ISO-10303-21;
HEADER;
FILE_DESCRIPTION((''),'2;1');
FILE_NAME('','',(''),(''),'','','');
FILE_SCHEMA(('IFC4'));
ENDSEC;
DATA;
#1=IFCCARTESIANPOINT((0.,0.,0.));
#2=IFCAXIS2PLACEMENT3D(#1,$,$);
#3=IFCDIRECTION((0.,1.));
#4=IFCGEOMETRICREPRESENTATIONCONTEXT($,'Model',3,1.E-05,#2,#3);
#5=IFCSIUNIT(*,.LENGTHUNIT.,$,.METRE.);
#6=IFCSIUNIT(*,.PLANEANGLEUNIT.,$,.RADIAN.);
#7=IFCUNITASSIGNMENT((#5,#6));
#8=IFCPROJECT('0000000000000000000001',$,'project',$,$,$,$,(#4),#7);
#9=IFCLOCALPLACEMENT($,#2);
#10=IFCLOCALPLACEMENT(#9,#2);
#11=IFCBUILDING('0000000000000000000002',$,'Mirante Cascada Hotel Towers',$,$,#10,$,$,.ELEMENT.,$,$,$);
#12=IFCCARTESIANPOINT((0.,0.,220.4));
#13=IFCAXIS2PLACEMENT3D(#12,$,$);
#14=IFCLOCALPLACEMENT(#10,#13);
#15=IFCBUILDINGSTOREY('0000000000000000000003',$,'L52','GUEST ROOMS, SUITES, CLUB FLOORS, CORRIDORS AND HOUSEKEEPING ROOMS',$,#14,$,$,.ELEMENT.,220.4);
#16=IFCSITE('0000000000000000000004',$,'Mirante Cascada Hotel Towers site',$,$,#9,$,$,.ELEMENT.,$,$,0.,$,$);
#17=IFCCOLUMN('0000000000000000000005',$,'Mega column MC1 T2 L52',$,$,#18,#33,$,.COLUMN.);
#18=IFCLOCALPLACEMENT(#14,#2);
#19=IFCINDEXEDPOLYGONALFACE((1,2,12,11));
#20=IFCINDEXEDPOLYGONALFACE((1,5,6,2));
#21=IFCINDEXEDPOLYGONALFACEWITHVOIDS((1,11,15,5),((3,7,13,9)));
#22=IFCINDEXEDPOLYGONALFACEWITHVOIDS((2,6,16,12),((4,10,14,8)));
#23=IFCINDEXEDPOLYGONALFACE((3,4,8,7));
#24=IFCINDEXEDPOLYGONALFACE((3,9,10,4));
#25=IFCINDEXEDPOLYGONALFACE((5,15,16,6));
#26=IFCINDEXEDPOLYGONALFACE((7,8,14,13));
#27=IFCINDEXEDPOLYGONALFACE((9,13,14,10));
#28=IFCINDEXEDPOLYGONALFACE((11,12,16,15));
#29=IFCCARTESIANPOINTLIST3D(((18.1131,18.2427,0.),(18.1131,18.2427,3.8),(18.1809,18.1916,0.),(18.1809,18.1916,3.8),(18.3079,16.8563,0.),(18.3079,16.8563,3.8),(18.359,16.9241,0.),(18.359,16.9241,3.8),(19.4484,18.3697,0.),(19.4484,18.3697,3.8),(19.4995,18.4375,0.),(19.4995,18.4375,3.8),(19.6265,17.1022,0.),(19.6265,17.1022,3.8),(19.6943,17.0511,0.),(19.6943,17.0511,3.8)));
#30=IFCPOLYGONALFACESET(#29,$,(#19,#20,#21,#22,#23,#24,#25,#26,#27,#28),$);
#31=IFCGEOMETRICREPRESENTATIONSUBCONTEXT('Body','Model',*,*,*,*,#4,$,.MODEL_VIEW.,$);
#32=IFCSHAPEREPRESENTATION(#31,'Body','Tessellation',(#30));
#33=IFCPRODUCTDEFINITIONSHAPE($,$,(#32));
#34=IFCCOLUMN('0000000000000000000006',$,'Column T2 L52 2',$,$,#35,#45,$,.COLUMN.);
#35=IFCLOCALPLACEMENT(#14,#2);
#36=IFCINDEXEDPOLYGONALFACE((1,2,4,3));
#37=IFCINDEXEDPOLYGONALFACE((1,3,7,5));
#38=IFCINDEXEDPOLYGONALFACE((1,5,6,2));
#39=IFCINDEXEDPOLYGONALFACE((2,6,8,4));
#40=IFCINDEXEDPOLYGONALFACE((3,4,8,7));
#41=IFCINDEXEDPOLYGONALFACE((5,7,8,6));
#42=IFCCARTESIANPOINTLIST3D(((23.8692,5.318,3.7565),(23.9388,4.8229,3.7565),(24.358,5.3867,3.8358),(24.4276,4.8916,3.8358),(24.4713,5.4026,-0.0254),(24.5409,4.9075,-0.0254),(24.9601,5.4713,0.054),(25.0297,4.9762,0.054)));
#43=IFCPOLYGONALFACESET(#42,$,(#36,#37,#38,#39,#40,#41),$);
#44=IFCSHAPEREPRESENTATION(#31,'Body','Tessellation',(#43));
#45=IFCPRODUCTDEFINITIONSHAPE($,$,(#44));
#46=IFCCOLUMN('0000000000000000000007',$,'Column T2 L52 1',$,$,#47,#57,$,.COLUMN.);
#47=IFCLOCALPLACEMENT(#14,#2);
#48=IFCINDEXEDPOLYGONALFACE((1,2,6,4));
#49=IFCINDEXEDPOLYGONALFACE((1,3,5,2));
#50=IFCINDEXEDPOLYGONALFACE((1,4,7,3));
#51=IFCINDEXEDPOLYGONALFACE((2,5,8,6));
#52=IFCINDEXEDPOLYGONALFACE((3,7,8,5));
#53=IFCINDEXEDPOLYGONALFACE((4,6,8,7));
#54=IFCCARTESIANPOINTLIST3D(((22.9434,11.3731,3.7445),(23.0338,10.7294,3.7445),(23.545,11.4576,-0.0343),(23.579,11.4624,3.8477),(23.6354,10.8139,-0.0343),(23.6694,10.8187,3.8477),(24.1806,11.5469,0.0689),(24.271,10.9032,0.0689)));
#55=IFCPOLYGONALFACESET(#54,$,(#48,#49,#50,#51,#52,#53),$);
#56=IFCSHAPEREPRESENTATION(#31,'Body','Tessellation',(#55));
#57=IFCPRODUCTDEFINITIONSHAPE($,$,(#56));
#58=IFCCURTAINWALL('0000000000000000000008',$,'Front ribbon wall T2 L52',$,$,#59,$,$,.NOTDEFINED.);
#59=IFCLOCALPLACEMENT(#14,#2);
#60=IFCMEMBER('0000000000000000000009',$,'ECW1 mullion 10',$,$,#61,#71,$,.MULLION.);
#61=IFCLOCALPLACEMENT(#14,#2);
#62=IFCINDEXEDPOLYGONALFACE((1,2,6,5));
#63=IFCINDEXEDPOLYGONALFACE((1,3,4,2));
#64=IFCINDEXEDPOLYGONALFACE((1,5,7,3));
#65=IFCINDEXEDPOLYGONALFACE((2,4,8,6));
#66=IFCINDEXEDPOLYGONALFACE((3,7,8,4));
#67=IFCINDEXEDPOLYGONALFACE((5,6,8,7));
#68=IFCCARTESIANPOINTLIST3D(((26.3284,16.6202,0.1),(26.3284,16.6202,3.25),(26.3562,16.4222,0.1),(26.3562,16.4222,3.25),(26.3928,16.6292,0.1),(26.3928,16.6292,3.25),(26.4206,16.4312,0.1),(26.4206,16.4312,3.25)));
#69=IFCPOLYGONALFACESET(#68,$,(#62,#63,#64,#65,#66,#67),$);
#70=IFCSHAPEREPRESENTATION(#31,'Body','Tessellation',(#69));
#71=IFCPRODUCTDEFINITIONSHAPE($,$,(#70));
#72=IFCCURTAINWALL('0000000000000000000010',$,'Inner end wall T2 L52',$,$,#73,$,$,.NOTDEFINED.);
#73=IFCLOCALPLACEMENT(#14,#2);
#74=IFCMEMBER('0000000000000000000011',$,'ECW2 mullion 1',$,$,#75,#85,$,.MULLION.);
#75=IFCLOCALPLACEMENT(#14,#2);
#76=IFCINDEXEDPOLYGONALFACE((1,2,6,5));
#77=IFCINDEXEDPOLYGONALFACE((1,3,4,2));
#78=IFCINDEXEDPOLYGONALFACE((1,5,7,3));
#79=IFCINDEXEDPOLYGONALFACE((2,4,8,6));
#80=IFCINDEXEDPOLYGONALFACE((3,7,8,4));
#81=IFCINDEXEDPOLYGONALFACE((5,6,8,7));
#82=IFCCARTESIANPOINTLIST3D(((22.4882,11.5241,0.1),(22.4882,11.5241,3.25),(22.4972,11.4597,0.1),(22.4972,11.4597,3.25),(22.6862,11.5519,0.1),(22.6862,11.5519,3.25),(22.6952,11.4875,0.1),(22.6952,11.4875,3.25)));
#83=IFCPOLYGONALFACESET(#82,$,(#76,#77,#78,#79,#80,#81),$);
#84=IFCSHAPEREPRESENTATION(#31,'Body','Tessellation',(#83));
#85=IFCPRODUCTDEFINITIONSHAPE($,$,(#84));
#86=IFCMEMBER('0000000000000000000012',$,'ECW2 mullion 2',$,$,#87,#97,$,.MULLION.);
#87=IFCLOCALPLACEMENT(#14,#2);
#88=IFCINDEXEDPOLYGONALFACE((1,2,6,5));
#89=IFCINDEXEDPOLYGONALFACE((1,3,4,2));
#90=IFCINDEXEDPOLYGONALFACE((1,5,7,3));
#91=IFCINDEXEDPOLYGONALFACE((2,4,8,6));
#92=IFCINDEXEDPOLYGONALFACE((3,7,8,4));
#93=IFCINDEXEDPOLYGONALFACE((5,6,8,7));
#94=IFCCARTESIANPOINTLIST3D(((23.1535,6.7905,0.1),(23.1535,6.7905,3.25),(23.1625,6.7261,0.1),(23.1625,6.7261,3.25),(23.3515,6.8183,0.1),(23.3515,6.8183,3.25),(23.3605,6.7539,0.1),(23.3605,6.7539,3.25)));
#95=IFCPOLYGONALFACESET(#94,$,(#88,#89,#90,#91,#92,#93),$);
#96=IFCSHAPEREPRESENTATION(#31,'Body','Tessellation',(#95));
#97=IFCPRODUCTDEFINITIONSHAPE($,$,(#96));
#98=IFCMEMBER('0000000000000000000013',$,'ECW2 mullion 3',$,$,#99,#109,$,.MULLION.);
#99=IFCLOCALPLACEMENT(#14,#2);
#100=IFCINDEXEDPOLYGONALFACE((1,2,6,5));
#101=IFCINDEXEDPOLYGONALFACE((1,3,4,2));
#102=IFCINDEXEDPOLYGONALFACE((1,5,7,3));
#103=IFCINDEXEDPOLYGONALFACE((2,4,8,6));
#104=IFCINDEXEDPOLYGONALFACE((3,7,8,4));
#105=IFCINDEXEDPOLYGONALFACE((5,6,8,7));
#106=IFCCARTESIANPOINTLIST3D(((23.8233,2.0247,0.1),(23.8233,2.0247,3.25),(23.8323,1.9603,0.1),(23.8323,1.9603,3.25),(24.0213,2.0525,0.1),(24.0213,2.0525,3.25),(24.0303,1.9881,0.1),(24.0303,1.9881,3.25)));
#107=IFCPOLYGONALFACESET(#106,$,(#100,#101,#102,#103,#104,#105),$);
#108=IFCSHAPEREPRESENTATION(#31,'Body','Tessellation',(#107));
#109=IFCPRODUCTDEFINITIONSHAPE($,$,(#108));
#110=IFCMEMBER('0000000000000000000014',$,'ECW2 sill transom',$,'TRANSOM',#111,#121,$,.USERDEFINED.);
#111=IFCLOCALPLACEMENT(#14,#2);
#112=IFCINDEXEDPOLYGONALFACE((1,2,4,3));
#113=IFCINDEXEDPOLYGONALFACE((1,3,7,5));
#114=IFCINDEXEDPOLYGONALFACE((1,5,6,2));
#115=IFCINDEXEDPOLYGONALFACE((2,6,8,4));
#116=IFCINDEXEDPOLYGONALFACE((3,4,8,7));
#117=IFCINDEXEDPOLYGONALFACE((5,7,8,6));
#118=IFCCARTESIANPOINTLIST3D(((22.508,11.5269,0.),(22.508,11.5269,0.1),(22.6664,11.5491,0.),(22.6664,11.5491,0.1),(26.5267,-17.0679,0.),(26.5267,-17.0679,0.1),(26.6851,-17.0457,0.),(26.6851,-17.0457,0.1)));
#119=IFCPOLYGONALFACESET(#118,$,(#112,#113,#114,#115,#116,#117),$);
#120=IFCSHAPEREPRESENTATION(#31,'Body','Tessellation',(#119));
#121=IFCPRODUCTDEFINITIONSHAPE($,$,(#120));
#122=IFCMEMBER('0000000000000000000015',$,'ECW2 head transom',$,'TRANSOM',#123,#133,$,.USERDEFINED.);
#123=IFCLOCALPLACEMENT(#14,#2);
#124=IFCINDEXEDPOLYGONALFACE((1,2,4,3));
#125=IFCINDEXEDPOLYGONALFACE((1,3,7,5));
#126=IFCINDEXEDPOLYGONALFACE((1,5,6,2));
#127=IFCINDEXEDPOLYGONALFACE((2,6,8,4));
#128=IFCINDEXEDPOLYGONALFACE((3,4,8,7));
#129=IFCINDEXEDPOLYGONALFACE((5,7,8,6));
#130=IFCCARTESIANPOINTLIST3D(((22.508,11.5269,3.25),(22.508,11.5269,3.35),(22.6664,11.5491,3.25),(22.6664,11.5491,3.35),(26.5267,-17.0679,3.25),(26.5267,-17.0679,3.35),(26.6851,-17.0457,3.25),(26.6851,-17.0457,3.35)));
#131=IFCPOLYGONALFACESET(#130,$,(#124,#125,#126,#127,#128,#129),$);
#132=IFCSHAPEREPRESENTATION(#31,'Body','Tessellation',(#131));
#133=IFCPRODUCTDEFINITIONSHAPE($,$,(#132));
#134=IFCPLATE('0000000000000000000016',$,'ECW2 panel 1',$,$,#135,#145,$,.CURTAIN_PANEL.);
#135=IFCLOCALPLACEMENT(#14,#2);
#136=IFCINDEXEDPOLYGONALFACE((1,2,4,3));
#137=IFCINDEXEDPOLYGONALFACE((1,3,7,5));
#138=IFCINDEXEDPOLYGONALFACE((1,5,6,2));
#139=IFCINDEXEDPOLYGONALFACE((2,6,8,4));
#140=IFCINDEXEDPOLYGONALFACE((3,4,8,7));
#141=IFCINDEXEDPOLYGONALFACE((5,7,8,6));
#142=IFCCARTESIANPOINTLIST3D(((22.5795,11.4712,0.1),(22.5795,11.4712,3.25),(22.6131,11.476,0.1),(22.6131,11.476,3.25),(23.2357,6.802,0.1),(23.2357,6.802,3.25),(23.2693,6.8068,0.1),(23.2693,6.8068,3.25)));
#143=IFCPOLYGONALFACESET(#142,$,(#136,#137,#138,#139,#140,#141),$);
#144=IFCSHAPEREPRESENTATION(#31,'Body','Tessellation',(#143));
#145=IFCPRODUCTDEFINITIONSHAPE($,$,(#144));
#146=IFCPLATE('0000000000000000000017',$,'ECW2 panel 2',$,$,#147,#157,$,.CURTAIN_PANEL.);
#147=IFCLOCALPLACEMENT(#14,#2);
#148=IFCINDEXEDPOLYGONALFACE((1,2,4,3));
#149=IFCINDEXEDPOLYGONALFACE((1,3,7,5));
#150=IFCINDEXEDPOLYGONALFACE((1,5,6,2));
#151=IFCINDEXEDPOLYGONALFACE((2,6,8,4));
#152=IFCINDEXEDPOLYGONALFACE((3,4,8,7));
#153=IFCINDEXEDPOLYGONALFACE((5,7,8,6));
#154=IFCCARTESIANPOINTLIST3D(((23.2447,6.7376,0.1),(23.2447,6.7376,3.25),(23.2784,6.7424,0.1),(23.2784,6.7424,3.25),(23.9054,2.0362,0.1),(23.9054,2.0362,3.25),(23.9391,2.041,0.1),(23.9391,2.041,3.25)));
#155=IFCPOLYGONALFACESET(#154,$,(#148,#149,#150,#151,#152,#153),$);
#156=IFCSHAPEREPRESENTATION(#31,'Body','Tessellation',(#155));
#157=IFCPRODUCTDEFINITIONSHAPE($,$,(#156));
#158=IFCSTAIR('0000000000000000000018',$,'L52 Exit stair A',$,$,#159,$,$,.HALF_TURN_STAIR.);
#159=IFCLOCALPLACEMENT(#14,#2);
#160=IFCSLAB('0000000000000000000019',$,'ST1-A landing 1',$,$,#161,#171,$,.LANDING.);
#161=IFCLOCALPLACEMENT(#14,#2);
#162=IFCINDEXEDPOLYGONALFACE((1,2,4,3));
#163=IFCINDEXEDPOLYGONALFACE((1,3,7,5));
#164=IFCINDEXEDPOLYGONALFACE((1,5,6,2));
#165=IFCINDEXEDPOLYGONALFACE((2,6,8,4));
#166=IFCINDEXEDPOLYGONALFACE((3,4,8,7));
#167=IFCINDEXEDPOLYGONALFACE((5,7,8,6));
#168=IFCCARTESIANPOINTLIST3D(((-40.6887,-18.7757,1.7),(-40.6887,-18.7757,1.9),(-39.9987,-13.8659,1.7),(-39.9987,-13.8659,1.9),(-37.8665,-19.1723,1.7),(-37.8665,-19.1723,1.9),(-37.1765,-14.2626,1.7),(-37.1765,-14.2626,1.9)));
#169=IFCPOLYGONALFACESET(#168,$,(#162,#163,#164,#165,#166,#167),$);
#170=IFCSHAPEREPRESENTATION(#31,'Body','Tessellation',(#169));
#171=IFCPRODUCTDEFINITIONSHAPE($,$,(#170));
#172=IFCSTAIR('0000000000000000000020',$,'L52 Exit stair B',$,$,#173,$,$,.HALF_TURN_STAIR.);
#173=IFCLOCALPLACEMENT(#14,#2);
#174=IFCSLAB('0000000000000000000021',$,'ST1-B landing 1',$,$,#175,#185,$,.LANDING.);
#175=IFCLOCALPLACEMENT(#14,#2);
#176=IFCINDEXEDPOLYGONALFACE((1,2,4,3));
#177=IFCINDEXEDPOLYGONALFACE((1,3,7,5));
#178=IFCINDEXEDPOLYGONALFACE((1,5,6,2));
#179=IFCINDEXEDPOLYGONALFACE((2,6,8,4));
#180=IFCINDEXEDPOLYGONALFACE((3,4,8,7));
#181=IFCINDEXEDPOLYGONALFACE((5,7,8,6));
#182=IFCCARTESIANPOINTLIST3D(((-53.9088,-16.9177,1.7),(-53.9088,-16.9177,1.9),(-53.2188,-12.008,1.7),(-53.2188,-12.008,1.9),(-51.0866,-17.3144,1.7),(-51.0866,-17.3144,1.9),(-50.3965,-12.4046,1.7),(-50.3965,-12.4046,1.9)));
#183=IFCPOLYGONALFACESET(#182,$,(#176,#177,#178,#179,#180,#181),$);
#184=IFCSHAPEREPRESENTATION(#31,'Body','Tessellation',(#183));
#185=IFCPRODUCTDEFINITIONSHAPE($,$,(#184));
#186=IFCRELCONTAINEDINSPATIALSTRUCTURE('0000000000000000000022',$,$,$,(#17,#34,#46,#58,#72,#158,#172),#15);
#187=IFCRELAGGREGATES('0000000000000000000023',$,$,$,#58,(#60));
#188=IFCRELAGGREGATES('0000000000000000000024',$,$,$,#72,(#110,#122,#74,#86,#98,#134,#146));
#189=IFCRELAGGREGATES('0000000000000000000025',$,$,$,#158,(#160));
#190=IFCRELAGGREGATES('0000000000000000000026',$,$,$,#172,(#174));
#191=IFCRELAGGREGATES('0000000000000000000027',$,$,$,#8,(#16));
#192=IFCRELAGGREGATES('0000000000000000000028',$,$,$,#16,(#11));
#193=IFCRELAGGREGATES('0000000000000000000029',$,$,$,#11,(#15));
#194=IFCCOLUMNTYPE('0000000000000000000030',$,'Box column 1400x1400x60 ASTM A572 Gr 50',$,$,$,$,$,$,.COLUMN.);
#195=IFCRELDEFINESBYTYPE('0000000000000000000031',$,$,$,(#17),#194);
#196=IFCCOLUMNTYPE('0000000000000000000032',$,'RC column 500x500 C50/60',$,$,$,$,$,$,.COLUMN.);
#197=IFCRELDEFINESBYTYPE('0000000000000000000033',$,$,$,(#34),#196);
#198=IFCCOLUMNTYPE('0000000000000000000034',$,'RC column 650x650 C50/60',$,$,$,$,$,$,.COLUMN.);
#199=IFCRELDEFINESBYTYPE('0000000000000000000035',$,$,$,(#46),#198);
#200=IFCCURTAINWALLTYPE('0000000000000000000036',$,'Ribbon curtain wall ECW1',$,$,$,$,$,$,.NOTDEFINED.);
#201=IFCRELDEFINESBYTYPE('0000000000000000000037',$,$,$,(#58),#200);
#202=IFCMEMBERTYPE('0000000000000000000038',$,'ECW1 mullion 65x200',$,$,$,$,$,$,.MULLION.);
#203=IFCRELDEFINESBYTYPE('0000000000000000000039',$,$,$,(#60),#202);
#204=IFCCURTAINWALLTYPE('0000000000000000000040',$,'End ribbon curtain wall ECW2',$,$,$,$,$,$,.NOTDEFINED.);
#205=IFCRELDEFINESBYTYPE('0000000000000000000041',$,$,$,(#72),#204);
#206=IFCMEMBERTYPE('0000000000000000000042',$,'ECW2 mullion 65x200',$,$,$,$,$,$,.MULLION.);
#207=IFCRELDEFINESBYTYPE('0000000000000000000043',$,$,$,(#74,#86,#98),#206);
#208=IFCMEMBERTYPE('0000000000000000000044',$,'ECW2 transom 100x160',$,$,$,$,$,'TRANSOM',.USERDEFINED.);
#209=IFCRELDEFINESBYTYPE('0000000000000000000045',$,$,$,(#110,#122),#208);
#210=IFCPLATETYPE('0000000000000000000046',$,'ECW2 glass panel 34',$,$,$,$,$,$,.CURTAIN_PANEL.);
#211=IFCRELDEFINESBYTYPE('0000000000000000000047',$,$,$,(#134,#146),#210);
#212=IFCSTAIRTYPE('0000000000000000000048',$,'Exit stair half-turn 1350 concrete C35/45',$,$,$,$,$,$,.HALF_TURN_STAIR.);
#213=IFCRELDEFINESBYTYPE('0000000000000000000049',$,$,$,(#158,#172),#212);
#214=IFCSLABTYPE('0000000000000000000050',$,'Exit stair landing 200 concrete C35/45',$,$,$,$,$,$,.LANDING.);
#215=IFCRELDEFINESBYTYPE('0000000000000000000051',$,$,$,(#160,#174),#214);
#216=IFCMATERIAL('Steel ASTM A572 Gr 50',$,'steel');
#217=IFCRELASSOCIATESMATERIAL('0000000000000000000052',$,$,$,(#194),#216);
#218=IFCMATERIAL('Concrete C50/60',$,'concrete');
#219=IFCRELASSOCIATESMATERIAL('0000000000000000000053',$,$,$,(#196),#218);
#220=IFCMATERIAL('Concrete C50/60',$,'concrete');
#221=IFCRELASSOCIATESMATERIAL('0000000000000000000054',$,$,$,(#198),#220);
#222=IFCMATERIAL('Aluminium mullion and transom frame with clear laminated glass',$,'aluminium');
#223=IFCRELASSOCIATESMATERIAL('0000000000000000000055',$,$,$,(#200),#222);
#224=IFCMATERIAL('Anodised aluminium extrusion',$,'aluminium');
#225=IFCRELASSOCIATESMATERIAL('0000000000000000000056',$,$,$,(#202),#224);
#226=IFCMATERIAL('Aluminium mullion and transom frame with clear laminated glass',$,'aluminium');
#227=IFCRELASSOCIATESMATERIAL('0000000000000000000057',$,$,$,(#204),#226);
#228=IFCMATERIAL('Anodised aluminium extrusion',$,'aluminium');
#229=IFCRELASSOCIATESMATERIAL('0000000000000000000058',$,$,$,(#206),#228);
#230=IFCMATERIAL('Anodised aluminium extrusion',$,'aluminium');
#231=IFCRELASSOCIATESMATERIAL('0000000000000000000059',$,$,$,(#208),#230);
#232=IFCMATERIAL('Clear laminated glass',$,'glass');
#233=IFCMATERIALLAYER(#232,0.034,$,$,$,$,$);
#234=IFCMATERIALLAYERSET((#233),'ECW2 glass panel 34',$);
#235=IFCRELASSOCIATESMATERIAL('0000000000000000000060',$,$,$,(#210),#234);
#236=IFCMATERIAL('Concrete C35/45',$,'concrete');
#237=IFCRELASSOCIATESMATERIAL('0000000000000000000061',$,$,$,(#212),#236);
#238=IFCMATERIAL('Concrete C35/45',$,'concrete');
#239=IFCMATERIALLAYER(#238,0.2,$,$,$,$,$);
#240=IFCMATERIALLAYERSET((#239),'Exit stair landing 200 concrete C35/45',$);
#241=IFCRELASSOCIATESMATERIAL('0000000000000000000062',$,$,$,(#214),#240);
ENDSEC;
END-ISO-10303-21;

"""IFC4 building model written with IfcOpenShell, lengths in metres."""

from ifc_helpers import new_model, si_unit, direction, frame, origin, origin_2d, place, context, subcontext, project, spatial, polyline, rectangle, hollow_rectangle, outline, extrude, material, layer, layer_set, material_profile, profile_set, type_object, element, aggregate, save


model = new_model("IFC4")

# Units and contexts
model_context = context("Model", 3, precision=1e-05, world=origin(), true_north=direction((0.0, 1.0)))
body_context = subcontext(model_context, "Body", "Model", "MODEL_VIEW")
ifc_project = project(units=[si_unit("LENGTHUNIT", "METRE"), si_unit("PLANEANGLEUNIT", "RADIAN")], contexts=[model_context])

# Site, building, storey
site_placement = place(None, origin())
site = spatial("IfcSite", under=ifc_project, at=site_placement, Name="Mirante Cascada Hotel Towers site", CompositionType="ELEMENT", RefElevation=0.0)
building_placement = place(site_placement, origin())
building = spatial("IfcBuilding", under=site, at=building_placement, Name="Mirante Cascada Hotel Towers", CompositionType="ELEMENT")
storey_placement = place(building_placement, frame((0.0, 0.0, 220.4)))
storey = spatial("IfcBuildingStorey", under=building, at=storey_placement, Name="L52", Description="GUEST ROOMS, SUITES, CLUB FLOORS, CORRIDORS AND HOUSEKEEPING ROOMS", CompositionType="ELEMENT", Elevation=220.4)

# Columns
ifc_material_1 = material(Name="Steel ASTM A572 Gr 50", Category="steel")
ifc_material_profile_1 = material_profile(ifc_material_1, hollow_rectangle(XDim=1.4, YDim=1.4, WallThickness=0.06, at=origin_2d()), Name="Box column 1400x1400x60 ASTM A572 Gr 50")
ifc_profile_set_1 = profile_set([ifc_material_profile_1], Name="Steel ASTM A572 Gr 50")
column_type_1 = type_object("IfcColumnType", Name="Box column 1400x1400x60 ASTM A572 Gr 50", PredefinedType="COLUMN", material=ifc_profile_set_1)
column_1_placement = place(storey_placement, frame((18.9037, 17.6469, 0.0), z_axis=(0.0, 0.0, 1.0), x_axis=(0.990268, 0.139173, 0.0)))
element("IfcColumn", 1, at=column_1_placement, inside=storey, type_object=column_type_1, Name="Mega column MC1 T2 L52", PredefinedType="COLUMN", context=body_context, shape_type="SweptSolid", body=[
    extrude(hollow_rectangle(XDim=1.4, YDim=1.4, WallThickness=0.06, at=origin_2d()), origin(), (0.0, 0.0, 1.0), 3.8),
])
ifc_material_2 = material(Name="Concrete C50/60", Category="concrete")
ifc_material_profile_2 = material_profile(ifc_material_2, rectangle(XDim=0.5, YDim=0.5, at=origin_2d()), Name="RC column 500x500 C50/60")
ifc_profile_set_2 = profile_set([ifc_material_profile_2], Name="Concrete C50/60")
column_type_2 = type_object("IfcColumnType", Name="RC column 500x500 C50/60", PredefinedType="COLUMN", material=ifc_profile_set_2)
column_2_placement = place(storey_placement, frame((24.7505, 5.1894, 0.0143), z_axis=(-0.157191, -0.022087, 0.987321), x_axis=(0.139141, -0.990272, 0.0)))
element("IfcColumn", 2, at=column_2_placement, inside=storey, type_object=column_type_2, Name="Column T2 L52 2", PredefinedType="COLUMN", context=body_context, shape_type="SweptSolid", body=[
    extrude(rectangle(XDim=0.5, YDim=0.5, at=origin_2d()), origin(), (0.0, 0.0, 1.0), 3.8304),
])
ifc_material_3 = material(Name="Concrete C50/60", Category="concrete")
ifc_material_profile_3 = material_profile(ifc_material_3, rectangle(XDim=0.65, YDim=0.65, at=origin_2d()), Name="RC column 650x650 C50/60")
ifc_profile_set_3 = profile_set([ifc_material_profile_3], Name="Concrete C50/60")
column_type_3 = type_object("IfcColumnType", Name="RC column 650x650 C50/60", PredefinedType="COLUMN", material=ifc_profile_set_3)
column_3_placement = place(storey_placement, frame((23.908, 11.1804, 0.0173), z_axis=(-0.157186, -0.022078, 0.987322), x_axis=(0.139093, -0.990279, 0.0)))
element("IfcColumn", 3, at=column_3_placement, inside=storey, type_object=column_type_3, Name="Column T2 L52 1", PredefinedType="COLUMN", context=body_context, shape_type="SweptSolid", body=[
    extrude(rectangle(XDim=0.65, YDim=0.65, at=origin_2d()), origin(), (0.0, 0.0, 1.0), 3.8273),
])

# Curtain wall, member
ifc_material_4 = material(Name="Aluminium mullion and transom frame with clear laminated glass", Category="aluminium")
curtain_wall_type_1 = type_object("IfcCurtainWallType", Name="Ribbon curtain wall ECW1", PredefinedType="NOTDEFINED", material=ifc_material_4)
curtain_wall_1_placement = place(storey_placement, origin())
curtain_wall_1 = element("IfcCurtainWall", 4, at=curtain_wall_1_placement, inside=storey, type_object=curtain_wall_type_1, Name="Front ribbon wall T2 L52", PredefinedType="NOTDEFINED")
ifc_material_5 = material(Name="Anodised aluminium extrusion", Category="aluminium")
ifc_material_profile_4 = material_profile(ifc_material_5, rectangle(XDim=0.2, YDim=0.065, at=origin_2d()), Name="ECW1 MULLION 65x200")
ifc_profile_set_4 = profile_set([ifc_material_profile_4], Name="Anodised aluminium extrusion")
member_type_1 = type_object("IfcMemberType", Name="ECW1 mullion 65x200", PredefinedType="MULLION", material=ifc_profile_set_4)
member_1_placement = place(storey_placement, frame((26.3745, 16.5257, 0.1), z_axis=(0.0, 0.0, 1.0), x_axis=(0.139173, -0.990268, 0.0)))
member_1 = element("IfcMember", 5, at=member_1_placement, type_object=member_type_1, Name="ECW1 mullion 10", PredefinedType="MULLION", context=body_context, shape_type="SweptSolid", body=[
    extrude(rectangle(XDim=0.2, YDim=0.065, at=origin_2d()), origin(), (0.0, 0.0, 1.0), 3.15),
])
aggregate(curtain_wall_1, [member_1])

# Curtain wall, members, plates
ifc_material_6 = material(Name="Aluminium mullion and transom frame with clear laminated glass", Category="aluminium")
curtain_wall_type_2 = type_object("IfcCurtainWallType", Name="End ribbon curtain wall ECW2", PredefinedType="NOTDEFINED", material=ifc_material_6)
curtain_wall_2_placement = place(storey_placement, origin())
curtain_wall_2 = element("IfcCurtainWall", 6, at=curtain_wall_2_placement, inside=storey, type_object=curtain_wall_type_2, Name="Inner end wall T2 L52", PredefinedType="NOTDEFINED")
ifc_material_7 = material(Name="Anodised aluminium extrusion", Category="aluminium")
ifc_material_profile_5 = material_profile(ifc_material_7, rectangle(XDim=0.2, YDim=0.065, at=origin_2d()), Name="ECW2 MULLION 65x200")
ifc_profile_set_5 = profile_set([ifc_material_profile_5], Name="Anodised aluminium extrusion")
member_type_2 = type_object("IfcMemberType", Name="ECW2 mullion 65x200", PredefinedType="MULLION", material=ifc_profile_set_5)
member_2_placement = place(storey_placement, frame((22.5917, 11.5058, 0.1), z_axis=(0.0, 0.0, 1.0), x_axis=(0.990268, 0.139173, 0.0)))
member_2 = element("IfcMember", 7, at=member_2_placement, type_object=member_type_2, Name="ECW2 mullion 1", PredefinedType="MULLION", context=body_context, shape_type="SweptSolid", body=[
    extrude(rectangle(XDim=0.2, YDim=0.065, at=origin_2d()), origin(), (0.0, 0.0, 1.0), 3.15),
])
member_3_placement = place(storey_placement, frame((23.257, 6.7722, 0.1), z_axis=(0.0, 0.0, 1.0), x_axis=(0.990268, 0.139173, 0.0)))
member_3 = element("IfcMember", 8, at=member_3_placement, type_object=member_type_2, Name="ECW2 mullion 2", PredefinedType="MULLION", context=body_context, shape_type="SweptSolid", body=[
    extrude(rectangle(XDim=0.2, YDim=0.065, at=origin_2d()), origin(), (0.0, 0.0, 1.0), 3.15),
])
member_4_placement = place(storey_placement, frame((23.9268, 2.0064, 0.1), z_axis=(0.0, 0.0, 1.0), x_axis=(0.990268, 0.139173, 0.0)))
member_4 = element("IfcMember", 9, at=member_4_placement, type_object=member_type_2, Name="ECW2 mullion 3", PredefinedType="MULLION", context=body_context, shape_type="SweptSolid", body=[
    extrude(rectangle(XDim=0.2, YDim=0.065, at=origin_2d()), origin(), (0.0, 0.0, 1.0), 3.15),
])
ifc_material_8 = material(Name="Anodised aluminium extrusion", Category="aluminium")
ifc_material_profile_6 = material_profile(ifc_material_8, rectangle(XDim=0.16, YDim=0.1, at=origin_2d()), Name="ECW2 TRANSOM 100x160")
ifc_profile_set_6 = profile_set([ifc_material_profile_6], Name="Anodised aluminium extrusion")
member_type_3 = type_object("IfcMemberType", Name="ECW2 transom 100x160", ElementType="TRANSOM", PredefinedType="USERDEFINED", material=ifc_profile_set_6)
member_5_placement = place(storey_placement, frame((22.5872, 11.538, 0.05), z_axis=(0.139172, -0.990268, 0.0), x_axis=(0.990268, 0.139172, 0.0)))
member_5 = element("IfcMember", 10, at=member_5_placement, type_object=member_type_3, Name="ECW2 sill transom", ObjectType="TRANSOM", PredefinedType="USERDEFINED", context=body_context, shape_type="SweptSolid", body=[
    extrude(rectangle(XDim=0.16, YDim=0.1, at=origin_2d()), origin(), (0.0, 0.0, 1.0), 28.8758),
])
member_6_placement = place(storey_placement, frame((22.5872, 11.538, 3.3), z_axis=(0.139172, -0.990268, 0.0), x_axis=(0.990268, 0.139172, 0.0)))
member_6 = element("IfcMember", 11, at=member_6_placement, type_object=member_type_3, Name="ECW2 head transom", ObjectType="TRANSOM", PredefinedType="USERDEFINED", context=body_context, shape_type="SweptSolid", body=[
    extrude(rectangle(XDim=0.16, YDim=0.1, at=origin_2d()), origin(), (0.0, 0.0, 1.0), 28.8758),
])
ifc_material_9 = material(Name="Clear laminated glass", Category="glass")
ifc_layer_1 = layer(ifc_material_9, 0.034)
ifc_layer_set_1 = layer_set([ifc_layer_1], Name="ECW2 glass panel 34")
plate_type = type_object("IfcPlateType", Name="ECW2 glass panel 34", PredefinedType="CURTAIN_PANEL", material=ifc_layer_set_1)
plate_1_placement = place(storey_placement, frame((22.9244, 9.139, 0.1), z_axis=(0.0, 0.0, 1.0), x_axis=(0.139173, -0.990268, 0.0)))
plate_1 = element("IfcPlate", 12, at=plate_1_placement, type_object=plate_type, Name="ECW2 panel 1", PredefinedType="CURTAIN_PANEL", context=body_context, shape_type="SweptSolid", body=[
    extrude(rectangle(XDim=4.7151, YDim=0.034, at=origin_2d()), origin(), (0.0, 0.0, 1.0), 3.15),
])
plate_2_placement = place(storey_placement, frame((23.5919, 4.3893, 0.1), z_axis=(0.0, 0.0, 1.0), x_axis=(0.139173, -0.990268, 0.0)))
plate_2 = element("IfcPlate", 13, at=plate_2_placement, type_object=plate_type, Name="ECW2 panel 2", PredefinedType="CURTAIN_PANEL", context=body_context, shape_type="SweptSolid", body=[
    extrude(rectangle(XDim=4.7476, YDim=0.034, at=origin_2d()), origin(), (0.0, 0.0, 1.0), 3.15),
])
aggregate(curtain_wall_2, [member_5, member_6, member_2, member_3, member_4, plate_1, plate_2])

# Stairs, slabs
ifc_material_10 = material(Name="Concrete C35/45", Category="concrete")
stair_type = type_object("IfcStairType", Name="Exit stair half-turn 1350 concrete C35/45", PredefinedType="HALF_TURN_STAIR", material=ifc_material_10)
stair_1_placement = place(storey_placement, origin())
stair_1 = element("IfcStair", 14, at=stair_1_placement, inside=storey, type_object=stair_type, Name="L52 Exit stair A", PredefinedType="HALF_TURN_STAIR")
ifc_material_11 = material(Name="Concrete C35/45", Category="concrete")
ifc_layer_2 = layer(ifc_material_11, 0.2)
ifc_layer_set_2 = layer_set([ifc_layer_2], Name="Exit stair landing 200 concrete C35/45")
slab_type = type_object("IfcSlabType", Name="Exit stair landing 200 concrete C35/45", PredefinedType="LANDING", material=ifc_layer_set_2)
slab_1_placement = place(storey_placement, frame((0.0, 0.0, 1.7)))
slab_1 = element("IfcSlab", 15, at=slab_1_placement, type_object=slab_type, Name="ST1-A landing 1", PredefinedType="LANDING", context=body_context, shape_type="SweptSolid", body=[
    extrude(outline(polyline([(-39.9987, -13.8659), (-40.6887, -18.7757), (-37.8665, -19.1723), (-37.1765, -14.2626), (-39.9987, -13.8659)])), origin(), (0.0, 0.0, 1.0), 0.2),
])
aggregate(stair_1, [slab_1])
stair_2_placement = place(storey_placement, origin())
stair_2 = element("IfcStair", 16, at=stair_2_placement, inside=storey, type_object=stair_type, Name="L52 Exit stair B", PredefinedType="HALF_TURN_STAIR")
slab_2_placement = place(storey_placement, frame((0.0, 0.0, 1.7)))
slab_2 = element("IfcSlab", 17, at=slab_2_placement, type_object=slab_type, Name="ST1-B landing 1", PredefinedType="LANDING", context=body_context, shape_type="SweptSolid", body=[
    extrude(outline(polyline([(-53.2188, -12.008), (-53.9088, -16.9177), (-51.0866, -17.3144), (-50.3965, -12.4046), (-53.2188, -12.008)])), origin(), (0.0, 0.0, 1.0), 0.2),
])
aggregate(stair_2, [slab_2])

save(model, "model.ifc")
